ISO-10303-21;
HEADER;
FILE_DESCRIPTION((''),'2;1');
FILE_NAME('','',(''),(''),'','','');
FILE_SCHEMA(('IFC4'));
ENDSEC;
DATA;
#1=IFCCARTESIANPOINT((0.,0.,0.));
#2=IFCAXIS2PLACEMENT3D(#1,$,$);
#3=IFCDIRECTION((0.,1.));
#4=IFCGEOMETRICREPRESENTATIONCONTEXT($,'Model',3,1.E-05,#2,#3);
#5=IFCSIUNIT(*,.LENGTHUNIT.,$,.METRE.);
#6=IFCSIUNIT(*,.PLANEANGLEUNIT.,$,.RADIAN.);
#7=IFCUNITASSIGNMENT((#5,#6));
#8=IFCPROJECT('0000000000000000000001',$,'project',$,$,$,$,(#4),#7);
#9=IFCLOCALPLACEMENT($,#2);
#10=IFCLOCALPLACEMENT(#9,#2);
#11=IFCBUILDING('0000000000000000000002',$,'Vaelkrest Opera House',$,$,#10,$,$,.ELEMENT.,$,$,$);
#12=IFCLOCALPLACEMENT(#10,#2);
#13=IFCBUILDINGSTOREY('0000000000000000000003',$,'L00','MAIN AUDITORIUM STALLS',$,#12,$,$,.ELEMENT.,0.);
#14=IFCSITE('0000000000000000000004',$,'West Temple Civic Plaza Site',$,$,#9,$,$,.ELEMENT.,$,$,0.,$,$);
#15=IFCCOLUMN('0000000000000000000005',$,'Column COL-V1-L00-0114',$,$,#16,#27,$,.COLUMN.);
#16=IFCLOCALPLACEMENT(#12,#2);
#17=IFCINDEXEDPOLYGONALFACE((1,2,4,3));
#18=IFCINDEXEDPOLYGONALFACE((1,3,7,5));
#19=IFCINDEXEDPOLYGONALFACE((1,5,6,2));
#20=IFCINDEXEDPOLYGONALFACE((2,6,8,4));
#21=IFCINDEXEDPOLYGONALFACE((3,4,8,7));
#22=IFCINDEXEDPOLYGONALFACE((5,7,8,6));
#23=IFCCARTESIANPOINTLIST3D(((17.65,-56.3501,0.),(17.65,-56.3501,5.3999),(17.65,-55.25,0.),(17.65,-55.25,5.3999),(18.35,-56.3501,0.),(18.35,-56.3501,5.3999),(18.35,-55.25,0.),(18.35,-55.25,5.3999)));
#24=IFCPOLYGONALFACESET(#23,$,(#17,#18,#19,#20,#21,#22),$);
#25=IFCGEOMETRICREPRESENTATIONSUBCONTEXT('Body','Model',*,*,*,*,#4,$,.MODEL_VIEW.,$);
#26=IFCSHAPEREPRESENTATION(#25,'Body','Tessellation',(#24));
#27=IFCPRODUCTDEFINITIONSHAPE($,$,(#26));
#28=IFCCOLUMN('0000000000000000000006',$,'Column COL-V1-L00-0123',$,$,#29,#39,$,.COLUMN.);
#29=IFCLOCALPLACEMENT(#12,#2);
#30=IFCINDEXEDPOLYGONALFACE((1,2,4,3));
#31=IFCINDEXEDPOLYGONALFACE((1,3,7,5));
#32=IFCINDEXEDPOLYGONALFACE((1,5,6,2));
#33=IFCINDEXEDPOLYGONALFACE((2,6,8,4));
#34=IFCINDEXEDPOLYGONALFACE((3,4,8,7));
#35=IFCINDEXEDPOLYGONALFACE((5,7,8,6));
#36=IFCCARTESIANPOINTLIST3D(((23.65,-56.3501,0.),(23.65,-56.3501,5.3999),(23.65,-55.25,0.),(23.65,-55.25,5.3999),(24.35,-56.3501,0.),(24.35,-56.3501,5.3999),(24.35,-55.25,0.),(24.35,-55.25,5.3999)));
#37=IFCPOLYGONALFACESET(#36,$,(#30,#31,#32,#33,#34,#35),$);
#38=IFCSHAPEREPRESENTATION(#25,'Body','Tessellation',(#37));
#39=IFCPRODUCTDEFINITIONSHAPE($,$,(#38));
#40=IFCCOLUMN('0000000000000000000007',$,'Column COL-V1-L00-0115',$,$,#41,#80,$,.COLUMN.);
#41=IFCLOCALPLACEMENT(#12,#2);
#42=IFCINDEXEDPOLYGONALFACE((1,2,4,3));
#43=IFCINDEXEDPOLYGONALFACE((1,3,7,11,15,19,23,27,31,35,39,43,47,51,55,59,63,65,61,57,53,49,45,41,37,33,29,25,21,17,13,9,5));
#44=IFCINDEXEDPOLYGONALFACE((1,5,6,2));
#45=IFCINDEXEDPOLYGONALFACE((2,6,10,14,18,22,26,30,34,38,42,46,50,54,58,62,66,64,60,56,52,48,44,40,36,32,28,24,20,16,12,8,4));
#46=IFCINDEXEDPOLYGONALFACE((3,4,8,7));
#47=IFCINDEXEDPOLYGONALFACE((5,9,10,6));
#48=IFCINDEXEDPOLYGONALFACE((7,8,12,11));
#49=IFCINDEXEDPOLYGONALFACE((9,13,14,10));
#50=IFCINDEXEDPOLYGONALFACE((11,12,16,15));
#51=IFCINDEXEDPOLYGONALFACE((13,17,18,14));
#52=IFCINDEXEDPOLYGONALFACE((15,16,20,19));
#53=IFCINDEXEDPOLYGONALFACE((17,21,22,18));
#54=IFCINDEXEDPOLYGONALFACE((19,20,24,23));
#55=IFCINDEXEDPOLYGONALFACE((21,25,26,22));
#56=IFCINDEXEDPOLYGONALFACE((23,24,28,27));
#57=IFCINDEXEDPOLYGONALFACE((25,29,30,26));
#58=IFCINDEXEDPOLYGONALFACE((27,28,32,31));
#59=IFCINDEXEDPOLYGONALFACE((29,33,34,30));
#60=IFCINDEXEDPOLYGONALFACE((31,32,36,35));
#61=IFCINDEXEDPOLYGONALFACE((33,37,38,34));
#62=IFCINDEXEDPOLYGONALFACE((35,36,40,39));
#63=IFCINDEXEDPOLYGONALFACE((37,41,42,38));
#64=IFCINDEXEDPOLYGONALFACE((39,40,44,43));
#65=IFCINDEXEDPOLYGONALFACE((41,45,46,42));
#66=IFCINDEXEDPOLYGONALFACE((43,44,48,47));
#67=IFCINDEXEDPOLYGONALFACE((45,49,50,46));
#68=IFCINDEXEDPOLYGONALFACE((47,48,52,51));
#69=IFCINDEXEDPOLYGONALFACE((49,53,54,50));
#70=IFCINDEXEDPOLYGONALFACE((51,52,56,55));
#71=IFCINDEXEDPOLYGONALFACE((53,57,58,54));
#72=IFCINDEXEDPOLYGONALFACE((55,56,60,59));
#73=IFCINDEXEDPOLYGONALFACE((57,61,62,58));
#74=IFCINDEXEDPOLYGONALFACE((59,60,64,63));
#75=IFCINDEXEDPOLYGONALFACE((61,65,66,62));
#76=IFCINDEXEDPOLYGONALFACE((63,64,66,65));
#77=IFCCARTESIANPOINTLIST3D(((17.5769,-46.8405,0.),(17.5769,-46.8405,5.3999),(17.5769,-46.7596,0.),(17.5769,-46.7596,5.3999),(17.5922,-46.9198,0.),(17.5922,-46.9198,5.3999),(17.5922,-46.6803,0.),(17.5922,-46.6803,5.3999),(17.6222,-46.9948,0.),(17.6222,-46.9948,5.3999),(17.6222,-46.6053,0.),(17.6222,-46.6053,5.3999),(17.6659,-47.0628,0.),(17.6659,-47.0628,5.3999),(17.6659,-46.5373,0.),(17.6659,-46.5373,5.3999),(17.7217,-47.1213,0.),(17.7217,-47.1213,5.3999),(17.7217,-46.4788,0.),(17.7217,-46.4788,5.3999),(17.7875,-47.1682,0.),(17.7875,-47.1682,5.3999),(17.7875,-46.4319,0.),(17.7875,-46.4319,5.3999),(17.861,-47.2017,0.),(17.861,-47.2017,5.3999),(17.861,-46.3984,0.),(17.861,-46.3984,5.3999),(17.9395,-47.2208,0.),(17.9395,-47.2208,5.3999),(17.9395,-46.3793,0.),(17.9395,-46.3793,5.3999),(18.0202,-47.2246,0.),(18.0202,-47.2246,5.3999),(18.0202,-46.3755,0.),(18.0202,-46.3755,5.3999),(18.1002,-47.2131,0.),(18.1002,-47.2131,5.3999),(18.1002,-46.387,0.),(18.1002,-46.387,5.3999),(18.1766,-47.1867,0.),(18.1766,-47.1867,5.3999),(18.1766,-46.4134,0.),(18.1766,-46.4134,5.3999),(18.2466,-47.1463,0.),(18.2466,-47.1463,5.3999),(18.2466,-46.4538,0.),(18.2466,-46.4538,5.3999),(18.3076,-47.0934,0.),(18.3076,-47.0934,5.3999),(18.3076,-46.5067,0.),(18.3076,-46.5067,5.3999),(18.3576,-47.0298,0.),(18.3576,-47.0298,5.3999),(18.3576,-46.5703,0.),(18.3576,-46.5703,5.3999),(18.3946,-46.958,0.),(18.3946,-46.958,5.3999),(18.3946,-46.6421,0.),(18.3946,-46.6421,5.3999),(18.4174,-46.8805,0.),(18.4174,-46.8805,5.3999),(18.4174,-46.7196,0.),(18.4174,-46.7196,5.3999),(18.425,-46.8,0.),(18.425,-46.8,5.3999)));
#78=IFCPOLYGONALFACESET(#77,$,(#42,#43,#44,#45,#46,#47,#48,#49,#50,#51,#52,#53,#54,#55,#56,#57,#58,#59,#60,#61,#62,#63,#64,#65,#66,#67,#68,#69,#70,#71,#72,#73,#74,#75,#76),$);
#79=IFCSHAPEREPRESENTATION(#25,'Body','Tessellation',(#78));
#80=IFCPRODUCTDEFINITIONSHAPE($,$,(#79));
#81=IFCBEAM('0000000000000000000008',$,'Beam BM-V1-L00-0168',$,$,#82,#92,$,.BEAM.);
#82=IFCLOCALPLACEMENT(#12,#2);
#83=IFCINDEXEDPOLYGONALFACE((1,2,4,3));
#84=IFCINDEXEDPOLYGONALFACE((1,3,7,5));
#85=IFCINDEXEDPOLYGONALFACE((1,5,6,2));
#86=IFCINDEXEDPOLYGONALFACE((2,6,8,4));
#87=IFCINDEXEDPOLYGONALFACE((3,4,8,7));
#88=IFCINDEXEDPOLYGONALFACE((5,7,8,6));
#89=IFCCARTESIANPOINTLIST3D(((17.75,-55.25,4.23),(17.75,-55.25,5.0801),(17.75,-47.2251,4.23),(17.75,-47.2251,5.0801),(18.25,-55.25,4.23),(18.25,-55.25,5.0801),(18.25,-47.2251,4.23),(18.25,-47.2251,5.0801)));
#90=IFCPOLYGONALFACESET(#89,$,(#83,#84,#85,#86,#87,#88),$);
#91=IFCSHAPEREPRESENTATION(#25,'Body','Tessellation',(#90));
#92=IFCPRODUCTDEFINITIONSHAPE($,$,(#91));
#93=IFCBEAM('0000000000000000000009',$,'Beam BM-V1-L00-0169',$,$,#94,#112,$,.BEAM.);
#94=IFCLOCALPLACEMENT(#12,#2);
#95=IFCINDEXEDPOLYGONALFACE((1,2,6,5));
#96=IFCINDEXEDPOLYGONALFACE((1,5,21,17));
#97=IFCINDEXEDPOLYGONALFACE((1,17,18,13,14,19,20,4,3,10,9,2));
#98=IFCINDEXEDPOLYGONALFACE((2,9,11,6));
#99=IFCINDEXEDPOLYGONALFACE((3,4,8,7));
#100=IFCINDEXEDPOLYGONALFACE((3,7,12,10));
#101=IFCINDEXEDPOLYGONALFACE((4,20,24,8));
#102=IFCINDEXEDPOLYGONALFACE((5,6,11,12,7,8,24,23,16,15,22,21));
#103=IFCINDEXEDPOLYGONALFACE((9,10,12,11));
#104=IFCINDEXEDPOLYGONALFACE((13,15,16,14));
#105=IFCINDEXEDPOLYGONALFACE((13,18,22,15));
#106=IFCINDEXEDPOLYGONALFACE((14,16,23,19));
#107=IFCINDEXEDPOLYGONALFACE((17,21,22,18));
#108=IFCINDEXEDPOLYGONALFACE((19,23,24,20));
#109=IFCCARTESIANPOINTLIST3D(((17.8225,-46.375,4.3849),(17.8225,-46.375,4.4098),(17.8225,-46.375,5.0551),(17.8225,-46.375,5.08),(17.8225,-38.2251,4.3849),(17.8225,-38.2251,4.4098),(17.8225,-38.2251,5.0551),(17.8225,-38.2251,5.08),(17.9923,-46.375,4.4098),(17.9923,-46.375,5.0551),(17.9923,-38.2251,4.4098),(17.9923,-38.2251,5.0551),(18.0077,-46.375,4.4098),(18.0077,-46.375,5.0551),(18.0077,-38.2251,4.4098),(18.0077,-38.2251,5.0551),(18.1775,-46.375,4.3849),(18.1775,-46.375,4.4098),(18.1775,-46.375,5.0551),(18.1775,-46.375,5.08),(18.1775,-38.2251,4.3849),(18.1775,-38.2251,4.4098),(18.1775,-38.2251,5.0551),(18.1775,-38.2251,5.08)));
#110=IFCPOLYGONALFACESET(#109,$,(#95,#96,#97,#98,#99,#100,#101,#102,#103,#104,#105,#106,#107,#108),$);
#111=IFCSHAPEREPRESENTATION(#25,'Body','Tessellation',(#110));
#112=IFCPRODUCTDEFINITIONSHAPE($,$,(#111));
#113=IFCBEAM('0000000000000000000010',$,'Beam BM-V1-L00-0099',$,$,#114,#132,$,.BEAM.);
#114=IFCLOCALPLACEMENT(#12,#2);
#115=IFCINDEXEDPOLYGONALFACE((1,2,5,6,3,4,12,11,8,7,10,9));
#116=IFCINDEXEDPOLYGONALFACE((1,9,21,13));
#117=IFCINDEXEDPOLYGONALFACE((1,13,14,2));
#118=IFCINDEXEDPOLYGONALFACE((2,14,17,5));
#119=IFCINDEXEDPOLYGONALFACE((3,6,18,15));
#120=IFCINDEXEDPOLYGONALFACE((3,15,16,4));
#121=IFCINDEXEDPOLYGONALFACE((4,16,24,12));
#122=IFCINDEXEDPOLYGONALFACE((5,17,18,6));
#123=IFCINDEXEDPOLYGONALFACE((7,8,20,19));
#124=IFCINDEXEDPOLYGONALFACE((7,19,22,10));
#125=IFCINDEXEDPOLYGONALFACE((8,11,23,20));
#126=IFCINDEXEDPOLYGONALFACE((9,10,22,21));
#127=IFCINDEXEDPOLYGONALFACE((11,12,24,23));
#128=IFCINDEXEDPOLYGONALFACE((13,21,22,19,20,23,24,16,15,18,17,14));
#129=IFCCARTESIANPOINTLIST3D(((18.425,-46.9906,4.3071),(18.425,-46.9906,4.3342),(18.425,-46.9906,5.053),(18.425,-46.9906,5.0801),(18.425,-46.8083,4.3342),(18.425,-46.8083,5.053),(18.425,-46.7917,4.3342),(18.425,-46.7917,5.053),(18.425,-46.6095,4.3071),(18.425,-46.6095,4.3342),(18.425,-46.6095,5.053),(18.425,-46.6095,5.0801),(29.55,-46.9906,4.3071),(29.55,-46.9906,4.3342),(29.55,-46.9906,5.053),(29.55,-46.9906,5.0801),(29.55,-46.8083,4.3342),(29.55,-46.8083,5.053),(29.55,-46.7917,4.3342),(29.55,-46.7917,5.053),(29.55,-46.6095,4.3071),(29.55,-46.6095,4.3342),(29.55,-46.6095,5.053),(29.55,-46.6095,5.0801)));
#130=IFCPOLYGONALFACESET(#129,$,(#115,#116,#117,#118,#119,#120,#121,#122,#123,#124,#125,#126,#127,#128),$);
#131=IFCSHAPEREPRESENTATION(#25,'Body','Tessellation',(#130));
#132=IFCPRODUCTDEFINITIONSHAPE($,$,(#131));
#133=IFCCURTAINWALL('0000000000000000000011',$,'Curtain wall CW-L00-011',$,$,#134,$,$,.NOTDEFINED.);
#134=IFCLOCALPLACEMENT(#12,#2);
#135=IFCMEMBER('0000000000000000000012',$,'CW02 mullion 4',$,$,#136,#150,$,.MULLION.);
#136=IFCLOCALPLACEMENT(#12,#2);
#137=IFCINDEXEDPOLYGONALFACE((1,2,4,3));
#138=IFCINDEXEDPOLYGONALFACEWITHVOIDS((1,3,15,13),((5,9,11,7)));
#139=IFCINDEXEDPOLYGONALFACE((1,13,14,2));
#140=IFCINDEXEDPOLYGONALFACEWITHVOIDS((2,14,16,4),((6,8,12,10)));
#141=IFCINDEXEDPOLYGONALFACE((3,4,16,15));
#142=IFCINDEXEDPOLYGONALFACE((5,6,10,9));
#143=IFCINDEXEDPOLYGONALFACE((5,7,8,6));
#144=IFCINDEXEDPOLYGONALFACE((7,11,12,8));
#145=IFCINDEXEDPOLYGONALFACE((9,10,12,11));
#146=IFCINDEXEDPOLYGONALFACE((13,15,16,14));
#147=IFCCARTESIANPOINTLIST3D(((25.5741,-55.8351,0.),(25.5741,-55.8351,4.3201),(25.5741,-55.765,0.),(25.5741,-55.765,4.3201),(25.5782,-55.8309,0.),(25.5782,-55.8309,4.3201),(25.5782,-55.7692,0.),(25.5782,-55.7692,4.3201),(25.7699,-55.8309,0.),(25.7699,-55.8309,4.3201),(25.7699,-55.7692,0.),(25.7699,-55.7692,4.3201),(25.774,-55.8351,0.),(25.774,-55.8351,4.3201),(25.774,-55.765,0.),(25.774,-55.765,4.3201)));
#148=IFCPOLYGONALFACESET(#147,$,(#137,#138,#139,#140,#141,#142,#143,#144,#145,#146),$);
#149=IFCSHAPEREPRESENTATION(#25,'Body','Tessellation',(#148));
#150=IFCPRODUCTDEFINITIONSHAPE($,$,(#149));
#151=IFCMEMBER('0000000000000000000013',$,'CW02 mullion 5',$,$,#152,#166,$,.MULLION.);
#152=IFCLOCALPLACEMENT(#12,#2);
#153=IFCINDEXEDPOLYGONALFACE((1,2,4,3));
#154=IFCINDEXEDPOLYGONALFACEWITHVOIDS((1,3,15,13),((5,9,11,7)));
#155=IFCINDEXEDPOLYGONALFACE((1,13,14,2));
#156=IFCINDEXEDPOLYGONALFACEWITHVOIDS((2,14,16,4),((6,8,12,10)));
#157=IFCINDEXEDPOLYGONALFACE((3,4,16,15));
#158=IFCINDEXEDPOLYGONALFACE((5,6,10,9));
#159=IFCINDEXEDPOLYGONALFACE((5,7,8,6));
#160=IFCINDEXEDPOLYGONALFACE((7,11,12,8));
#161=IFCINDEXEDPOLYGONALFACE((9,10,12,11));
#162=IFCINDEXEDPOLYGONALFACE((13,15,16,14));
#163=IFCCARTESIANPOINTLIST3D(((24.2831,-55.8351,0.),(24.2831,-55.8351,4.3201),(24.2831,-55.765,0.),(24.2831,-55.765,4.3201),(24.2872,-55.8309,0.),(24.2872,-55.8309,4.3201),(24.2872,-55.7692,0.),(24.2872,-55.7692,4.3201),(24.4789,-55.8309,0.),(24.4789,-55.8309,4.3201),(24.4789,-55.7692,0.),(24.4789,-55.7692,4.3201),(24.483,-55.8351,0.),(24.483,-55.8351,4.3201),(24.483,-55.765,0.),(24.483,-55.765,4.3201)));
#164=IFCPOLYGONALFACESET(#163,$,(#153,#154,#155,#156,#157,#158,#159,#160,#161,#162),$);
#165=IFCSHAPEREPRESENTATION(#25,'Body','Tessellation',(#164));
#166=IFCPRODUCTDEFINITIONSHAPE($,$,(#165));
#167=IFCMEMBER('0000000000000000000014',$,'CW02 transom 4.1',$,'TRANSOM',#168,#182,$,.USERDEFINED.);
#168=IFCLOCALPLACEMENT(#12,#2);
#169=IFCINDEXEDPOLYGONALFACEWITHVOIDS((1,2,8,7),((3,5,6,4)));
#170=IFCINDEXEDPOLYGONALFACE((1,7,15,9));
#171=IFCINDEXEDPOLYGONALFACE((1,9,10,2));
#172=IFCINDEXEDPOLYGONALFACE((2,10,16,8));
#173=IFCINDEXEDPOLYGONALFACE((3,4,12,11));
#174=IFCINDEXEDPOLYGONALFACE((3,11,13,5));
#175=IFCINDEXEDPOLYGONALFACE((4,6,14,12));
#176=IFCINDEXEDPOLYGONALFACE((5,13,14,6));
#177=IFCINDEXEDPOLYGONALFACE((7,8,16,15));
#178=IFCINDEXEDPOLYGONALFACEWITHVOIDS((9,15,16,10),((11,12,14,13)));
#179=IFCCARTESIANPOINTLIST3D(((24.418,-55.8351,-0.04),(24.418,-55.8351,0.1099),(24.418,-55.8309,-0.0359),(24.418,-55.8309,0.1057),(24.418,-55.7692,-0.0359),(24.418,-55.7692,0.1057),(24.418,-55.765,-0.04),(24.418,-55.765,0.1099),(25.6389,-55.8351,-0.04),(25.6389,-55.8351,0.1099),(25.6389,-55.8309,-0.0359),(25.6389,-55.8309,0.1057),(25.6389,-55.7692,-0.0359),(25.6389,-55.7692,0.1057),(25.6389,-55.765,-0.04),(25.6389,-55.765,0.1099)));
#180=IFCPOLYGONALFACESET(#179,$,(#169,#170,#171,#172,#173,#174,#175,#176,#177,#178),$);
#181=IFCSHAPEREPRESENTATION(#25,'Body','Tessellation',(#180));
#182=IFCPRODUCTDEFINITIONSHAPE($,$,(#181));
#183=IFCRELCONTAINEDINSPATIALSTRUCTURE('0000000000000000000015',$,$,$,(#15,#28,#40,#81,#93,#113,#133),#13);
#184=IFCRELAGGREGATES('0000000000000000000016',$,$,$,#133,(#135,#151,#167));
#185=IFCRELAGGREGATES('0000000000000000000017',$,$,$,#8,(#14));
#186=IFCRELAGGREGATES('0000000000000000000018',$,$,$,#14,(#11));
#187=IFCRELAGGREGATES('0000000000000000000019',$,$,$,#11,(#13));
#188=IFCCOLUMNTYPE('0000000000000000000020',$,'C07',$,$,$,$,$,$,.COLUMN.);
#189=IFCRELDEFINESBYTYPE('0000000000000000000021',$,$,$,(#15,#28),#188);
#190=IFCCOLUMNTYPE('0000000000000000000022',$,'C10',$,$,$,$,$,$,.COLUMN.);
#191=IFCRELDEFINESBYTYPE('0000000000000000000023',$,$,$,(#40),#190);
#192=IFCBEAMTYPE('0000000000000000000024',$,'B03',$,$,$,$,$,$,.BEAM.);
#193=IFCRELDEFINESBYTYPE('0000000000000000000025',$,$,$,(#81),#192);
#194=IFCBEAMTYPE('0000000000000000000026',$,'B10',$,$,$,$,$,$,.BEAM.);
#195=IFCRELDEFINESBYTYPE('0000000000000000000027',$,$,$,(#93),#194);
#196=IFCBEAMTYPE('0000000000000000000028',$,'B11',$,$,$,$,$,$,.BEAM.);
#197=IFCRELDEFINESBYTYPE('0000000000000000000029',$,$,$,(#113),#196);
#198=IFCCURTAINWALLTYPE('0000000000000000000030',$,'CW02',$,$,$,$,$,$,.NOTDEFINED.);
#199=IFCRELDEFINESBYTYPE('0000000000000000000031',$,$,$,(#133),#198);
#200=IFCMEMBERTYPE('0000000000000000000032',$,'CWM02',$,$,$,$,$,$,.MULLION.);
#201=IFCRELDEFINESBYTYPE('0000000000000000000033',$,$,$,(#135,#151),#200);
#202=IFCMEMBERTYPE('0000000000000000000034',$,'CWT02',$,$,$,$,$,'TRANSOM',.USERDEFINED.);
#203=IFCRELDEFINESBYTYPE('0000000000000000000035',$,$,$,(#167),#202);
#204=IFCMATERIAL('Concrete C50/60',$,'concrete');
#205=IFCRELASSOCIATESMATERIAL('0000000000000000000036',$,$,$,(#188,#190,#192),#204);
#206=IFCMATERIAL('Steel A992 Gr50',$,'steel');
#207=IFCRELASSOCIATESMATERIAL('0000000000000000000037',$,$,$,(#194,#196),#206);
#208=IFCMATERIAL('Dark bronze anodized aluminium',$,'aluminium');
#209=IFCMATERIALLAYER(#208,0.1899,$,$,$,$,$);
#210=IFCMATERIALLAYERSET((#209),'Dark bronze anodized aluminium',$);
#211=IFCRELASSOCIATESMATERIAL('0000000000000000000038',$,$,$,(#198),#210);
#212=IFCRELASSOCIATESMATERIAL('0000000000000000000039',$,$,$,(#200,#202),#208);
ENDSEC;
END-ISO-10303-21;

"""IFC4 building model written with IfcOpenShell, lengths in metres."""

from ifc_helpers import new_model, si_unit, direction, frame, origin, origin_2d, place, context, subcontext, project, spatial, rectangle, hollow_rectangle, circle, i_section, extrude, material, layer, layer_set, material_profile, profile_set, type_object, element, aggregate, save


model = new_model("IFC4")

# Units and contexts
model_context = context("Model", 3, precision=1e-05, world=origin(), true_north=direction((0.0, 1.0)))
body_context = subcontext(model_context, "Body", "Model", "MODEL_VIEW")
ifc_project = project(units=[si_unit("LENGTHUNIT", "METRE"), si_unit("PLANEANGLEUNIT", "RADIAN")], contexts=[model_context])

# Site, building, storey
site_placement = place(None, origin())
site = spatial("IfcSite", under=ifc_project, at=site_placement, Name="West Temple Civic Plaza Site", CompositionType="ELEMENT", RefElevation=0.0)
building_placement = place(site_placement, origin())
building = spatial("IfcBuilding", under=site, at=building_placement, Name="Vaelkrest Opera House", CompositionType="ELEMENT")
storey_placement = place(building_placement, origin())
storey = spatial("IfcBuildingStorey", under=building, at=storey_placement, Name="L00", Description="MAIN AUDITORIUM STALLS", CompositionType="ELEMENT", Elevation=0.0)

# Columns
ifc_material_1 = material(Name="Concrete C50/60", Category="concrete")
ifc_material_profile_1 = material_profile(ifc_material_1, rectangle(XDim=0.7, YDim=1.1001, at=origin_2d()), Name="RC700X1100")
ifc_profile_set_1 = profile_set([ifc_material_profile_1], Name="Concrete C50/60")
column_type_1 = type_object("IfcColumnType", Name="C07", PredefinedType="COLUMN", material=ifc_profile_set_1)
for number, where, z_axis, x_axis, name in (
    (1, (18.0, -55.8, 0.0), (0.0, 0.0, 1.0), (1.0, 0.0, 0.0), "Column COL-V1-L00-0114"),
    (2, (24.0, -55.8, 0.0), (0.0, 0.0, 1.0), (1.0, 0.0, 0.0), "Column COL-V1-L00-0123"),
):
    element("IfcColumn", number, at=place(storey_placement, frame(where, z_axis=z_axis, x_axis=x_axis)), inside=storey, type_object=column_type_1, Name=name, PredefinedType="COLUMN", context=body_context, shape_type="SweptSolid", body=[
        extrude(rectangle(XDim=0.7, YDim=1.1001, at=origin_2d()), origin(), (0.0, 0.0, 1.0), 5.3999),
    ])
ifc_material_profile_2 = material_profile(ifc_material_1, circle(Radius=0.425, at=origin_2d()), Name="RCD850")
ifc_profile_set_2 = profile_set([ifc_material_profile_2], Name="Concrete C50/60")
column_type_2 = type_object("IfcColumnType", Name="C10", PredefinedType="COLUMN", material=ifc_profile_set_2)
column_placement = place(storey_placement, frame((18.0, -46.8, 0.0), z_axis=(0.0, 0.0, 1.0), x_axis=(1.0, 0.0, 0.0)))
element("IfcColumn", 3, at=column_placement, inside=storey, type_object=column_type_2, Name="Column COL-V1-L00-0115", PredefinedType="COLUMN", context=body_context, shape_type="SweptSolid", body=[
    extrude(circle(Radius=0.425, at=origin_2d()), origin(), (0.0, 0.0, 1.0), 5.3999),
])

# Beams
ifc_material_profile_3 = material_profile(ifc_material_1, rectangle(XDim=0.5, YDim=0.8501, at=origin_2d()), Name="RCB500X850")
ifc_profile_set_3 = profile_set([ifc_material_profile_3], Name="Concrete C50/60")
beam_type_1 = type_object("IfcBeamType", Name="B03", PredefinedType="BEAM", material=ifc_profile_set_3)
beam_1_placement = place(storey_placement, frame((18.0, -55.25, 4.655), z_axis=(0.0, 1.0, 0.0), x_axis=(-1.0, 0.0, 0.0)))
element("IfcBeam", 4, at=beam_1_placement, inside=storey, type_object=beam_type_1, Name="Beam BM-V1-L00-0168", PredefinedType="BEAM", context=body_context, shape_type="SweptSolid", body=[
    extrude(rectangle(XDim=0.5, YDim=0.8501, at=origin_2d()), origin(), (0.0, 0.0, 1.0), 8.0249),
])
ifc_material_2 = material(Name="Steel A992 Gr50", Category="steel")
ifc_material_profile_4 = material_profile(ifc_material_2, i_section(OverallWidth=0.355, OverallDepth=0.6951, WebThickness=0.0154, FlangeThickness=0.0249, at=origin_2d()), Name="W27X146")
ifc_profile_set_4 = profile_set([ifc_material_profile_4], Name="Steel A992 Gr50")
beam_type_2 = type_object("IfcBeamType", Name="B10", PredefinedType="BEAM", material=ifc_profile_set_4)
beam_2_placement = place(storey_placement, frame((18.0, -46.375, 4.7324), z_axis=(0.0, 1.0, 0.0), x_axis=(-1.0, 0.0, 0.0)))
element("IfcBeam", 5, at=beam_2_placement, inside=storey, type_object=beam_type_2, Name="Beam BM-V1-L00-0169", PredefinedType="BEAM", context=body_context, shape_type="SweptSolid", body=[
    extrude(i_section(OverallWidth=0.355, OverallDepth=0.6951, WebThickness=0.0154, FlangeThickness=0.0249, at=origin_2d()), origin(), (0.0, 0.0, 1.0), 8.1499),
])
ifc_material_profile_5 = material_profile(ifc_material_2, i_section(OverallWidth=0.3811, OverallDepth=0.7729, WebThickness=0.0166, FlangeThickness=0.0271, at=origin_2d()), Name="W30X173")
ifc_profile_set_5 = profile_set([ifc_material_profile_5], Name="Steel A992 Gr50")
beam_type_3 = type_object("IfcBeamType", Name="B11", PredefinedType="BEAM", material=ifc_profile_set_5)
beam_3_placement = place(storey_placement, frame((18.425, -46.8, 4.6936), z_axis=(1.0, 0.0, 0.0), x_axis=(0.0, 1.0, 0.0)))
element("IfcBeam", 6, at=beam_3_placement, inside=storey, type_object=beam_type_3, Name="Beam BM-V1-L00-0099", PredefinedType="BEAM", context=body_context, shape_type="SweptSolid", body=[
    extrude(i_section(OverallWidth=0.3811, OverallDepth=0.7729, WebThickness=0.0166, FlangeThickness=0.0271, at=origin_2d()), origin(), (0.0, 0.0, 1.0), 11.125),
])

# Curtain wall, members
ifc_material_3 = material(Name="Dark bronze anodized aluminium", Category="aluminium")
ifc_layer_1 = layer(ifc_material_3, 0.1899)
ifc_layer_set_1 = layer_set([ifc_layer_1], Name="Dark bronze anodized aluminium")
curtain_wall_type = type_object("IfcCurtainWallType", Name="CW02", PredefinedType="NOTDEFINED", material=ifc_layer_set_1)
curtain_wall_placement = place(storey_placement, origin())
curtain_wall = element("IfcCurtainWall", 7, at=curtain_wall_placement, inside=storey, type_object=curtain_wall_type, Name="Curtain wall CW-L00-011", PredefinedType="NOTDEFINED")
ifc_material_profile_6 = material_profile(ifc_material_3, hollow_rectangle(XDim=0.0701, YDim=0.2, WallThickness=0.0042, at=origin_2d()), Name="CWM70X200")
ifc_profile_set_6 = profile_set([ifc_material_profile_6], Name="Dark bronze anodized aluminium")
member_type_1 = type_object("IfcMemberType", Name="CWM02", PredefinedType="MULLION", material=ifc_profile_set_6)
member_1_placement = place(storey_placement, frame((25.6741, -55.8, 0.0), z_axis=(0.0, 0.0, 1.0), x_axis=(0.0, -1.0, 0.0)))
member_1 = element("IfcMember", 8, at=member_1_placement, type_object=member_type_1, Name="CW02 mullion 4", PredefinedType="MULLION", context=body_context, shape_type="SweptSolid", body=[
    extrude(hollow_rectangle(XDim=0.0701, YDim=0.2, WallThickness=0.0042, at=origin_2d()), origin(), (0.0, 0.0, 1.0), 4.3201),
])
member_2_placement = place(storey_placement, frame((24.3831, -55.8, 0.0), z_axis=(0.0, 0.0, 1.0), x_axis=(0.0, -1.0, 0.0)))
member_2 = element("IfcMember", 9, at=member_2_placement, type_object=member_type_1, Name="CW02 mullion 5", PredefinedType="MULLION", context=body_context, shape_type="SweptSolid", body=[
    extrude(hollow_rectangle(XDim=0.0701, YDim=0.2, WallThickness=0.0042, at=origin_2d()), origin(), (0.0, 0.0, 1.0), 4.3201),
])
ifc_material_profile_7 = material_profile(ifc_material_3, hollow_rectangle(XDim=0.0701, YDim=0.1499, WallThickness=0.0042, at=origin_2d()), Name="CWT70X150")
ifc_profile_set_7 = profile_set([ifc_material_profile_7], Name="Dark bronze anodized aluminium")
member_type_2 = type_object("IfcMemberType", Name="CWT02", ElementType="TRANSOM", PredefinedType="USERDEFINED", material=ifc_profile_set_7)
member_3_placement = place(storey_placement, frame((25.6389, -55.8, 0.0349), z_axis=(-1.0, 0.0, 0.0), x_axis=(0.0, -1.0, 0.0)))
member_3 = element("IfcMember", 10, at=member_3_placement, type_object=member_type_2, Name="CW02 transom 4.1", ObjectType="TRANSOM", PredefinedType="USERDEFINED", context=body_context, shape_type="SweptSolid", body=[
    extrude(hollow_rectangle(XDim=0.0701, YDim=0.1499, WallThickness=0.0042, at=origin_2d()), origin(), (0.0, 0.0, 1.0), 1.2209),
])

aggregate(curtain_wall, [member_1, member_2, member_3])

save(model, "model.ifc")
